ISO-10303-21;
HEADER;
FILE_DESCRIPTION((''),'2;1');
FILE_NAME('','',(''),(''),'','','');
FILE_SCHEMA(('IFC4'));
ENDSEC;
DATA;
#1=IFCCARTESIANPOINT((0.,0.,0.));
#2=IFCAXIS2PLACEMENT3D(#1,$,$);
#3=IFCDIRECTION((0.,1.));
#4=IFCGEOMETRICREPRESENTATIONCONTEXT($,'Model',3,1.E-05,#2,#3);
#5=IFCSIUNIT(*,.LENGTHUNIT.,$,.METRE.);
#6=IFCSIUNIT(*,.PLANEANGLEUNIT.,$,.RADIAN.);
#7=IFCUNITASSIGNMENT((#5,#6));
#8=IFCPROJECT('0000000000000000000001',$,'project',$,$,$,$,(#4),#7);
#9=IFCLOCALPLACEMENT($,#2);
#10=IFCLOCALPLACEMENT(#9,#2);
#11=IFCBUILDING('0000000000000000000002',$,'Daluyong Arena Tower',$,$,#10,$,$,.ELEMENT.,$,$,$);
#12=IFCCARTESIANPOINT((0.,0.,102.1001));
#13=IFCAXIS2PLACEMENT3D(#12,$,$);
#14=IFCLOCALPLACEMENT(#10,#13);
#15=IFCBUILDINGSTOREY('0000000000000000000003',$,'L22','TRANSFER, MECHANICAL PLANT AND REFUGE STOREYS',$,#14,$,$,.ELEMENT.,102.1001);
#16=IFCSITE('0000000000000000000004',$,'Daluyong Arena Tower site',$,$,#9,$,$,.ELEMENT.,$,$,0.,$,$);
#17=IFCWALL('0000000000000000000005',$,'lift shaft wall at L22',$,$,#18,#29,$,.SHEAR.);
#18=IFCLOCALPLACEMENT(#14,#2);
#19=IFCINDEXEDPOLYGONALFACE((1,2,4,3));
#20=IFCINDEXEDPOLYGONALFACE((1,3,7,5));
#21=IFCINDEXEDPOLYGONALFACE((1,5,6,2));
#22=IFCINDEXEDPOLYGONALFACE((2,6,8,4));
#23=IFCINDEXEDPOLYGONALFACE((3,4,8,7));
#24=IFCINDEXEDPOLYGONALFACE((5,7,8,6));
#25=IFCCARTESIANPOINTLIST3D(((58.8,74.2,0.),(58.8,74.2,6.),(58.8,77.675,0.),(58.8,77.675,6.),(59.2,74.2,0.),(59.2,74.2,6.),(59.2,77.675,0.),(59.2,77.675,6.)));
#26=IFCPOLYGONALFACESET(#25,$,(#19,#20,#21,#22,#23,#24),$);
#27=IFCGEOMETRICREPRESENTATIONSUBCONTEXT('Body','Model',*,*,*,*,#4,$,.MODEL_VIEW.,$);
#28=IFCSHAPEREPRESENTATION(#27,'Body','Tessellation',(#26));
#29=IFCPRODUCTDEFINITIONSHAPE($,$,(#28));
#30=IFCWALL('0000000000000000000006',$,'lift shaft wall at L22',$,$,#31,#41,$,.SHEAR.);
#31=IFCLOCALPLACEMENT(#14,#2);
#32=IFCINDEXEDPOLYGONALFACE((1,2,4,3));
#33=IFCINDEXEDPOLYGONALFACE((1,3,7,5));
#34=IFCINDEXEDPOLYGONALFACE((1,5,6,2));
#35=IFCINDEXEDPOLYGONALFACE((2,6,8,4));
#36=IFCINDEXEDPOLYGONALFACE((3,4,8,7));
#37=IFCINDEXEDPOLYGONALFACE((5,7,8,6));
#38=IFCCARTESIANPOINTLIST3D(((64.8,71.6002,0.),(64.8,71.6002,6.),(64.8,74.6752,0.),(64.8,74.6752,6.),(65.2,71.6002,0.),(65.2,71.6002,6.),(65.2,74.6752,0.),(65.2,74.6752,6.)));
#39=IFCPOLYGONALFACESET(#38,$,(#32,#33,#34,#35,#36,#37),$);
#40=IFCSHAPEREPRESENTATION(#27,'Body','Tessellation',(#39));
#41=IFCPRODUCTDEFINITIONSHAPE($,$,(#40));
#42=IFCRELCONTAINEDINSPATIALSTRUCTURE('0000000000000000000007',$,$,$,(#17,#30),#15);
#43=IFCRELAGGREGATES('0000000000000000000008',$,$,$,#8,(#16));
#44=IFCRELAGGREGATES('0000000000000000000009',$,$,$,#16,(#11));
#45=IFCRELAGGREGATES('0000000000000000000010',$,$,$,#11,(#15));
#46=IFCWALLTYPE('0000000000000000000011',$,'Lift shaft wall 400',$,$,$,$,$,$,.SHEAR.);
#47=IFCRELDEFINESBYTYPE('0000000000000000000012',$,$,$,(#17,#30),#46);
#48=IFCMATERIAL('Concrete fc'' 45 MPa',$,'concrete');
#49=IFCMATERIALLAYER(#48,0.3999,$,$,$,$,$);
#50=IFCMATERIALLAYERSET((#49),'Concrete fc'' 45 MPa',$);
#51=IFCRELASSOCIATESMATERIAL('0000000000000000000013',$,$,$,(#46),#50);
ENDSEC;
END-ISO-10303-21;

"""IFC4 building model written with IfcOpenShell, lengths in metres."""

from ifc_helpers import new_model, si_unit, direction, frame, frame_2d, origin, place, context, subcontext, project, spatial, rectangle, extrude, material, layer, layer_set, type_object, element, save


model = new_model("IFC4")

# Units and contexts
model_context = context("Model", 3, precision=1e-05, world=origin(), true_north=direction((0.0, 1.0)))
body_context = subcontext(model_context, "Body", "Model", "MODEL_VIEW")
ifc_project = project(units=[si_unit("LENGTHUNIT", "METRE"), si_unit("PLANEANGLEUNIT", "RADIAN")], contexts=[model_context])

# Site, building, storey
site_placement = place(None, origin())
site = spatial("IfcSite", under=ifc_project, at=site_placement, Name="Daluyong Arena Tower site", CompositionType="ELEMENT", RefElevation=0.0)
building_placement = place(site_placement, origin())
building = spatial("IfcBuilding", under=site, at=building_placement, Name="Daluyong Arena Tower", CompositionType="ELEMENT")
storey_placement = place(building_placement, frame((0.0, 0.0, 102.1001)))
storey = spatial("IfcBuildingStorey", under=building, at=storey_placement, Name="L22", Description="TRANSFER, MECHANICAL PLANT AND REFUGE STOREYS", CompositionType="ELEMENT", Elevation=102.1001)

# Walls
ifc_material_1 = material(Name="Concrete fc' 45 MPa", Category="concrete")
ifc_layer_1 = layer(ifc_material_1, 0.3999)
ifc_layer_set_1 = layer_set([ifc_layer_1], Name="Concrete fc' 45 MPa")
wall_type_1 = type_object("IfcWallType", Name="Lift shaft wall 400", PredefinedType="SHEAR", material=ifc_layer_set_1)
wall_1_placement = place(storey_placement, frame((59.0, 74.2, 0.0), z_axis=(0.0, 0.0, 1.0), x_axis=(0.0, 1.0, 0.0)))
element("IfcWall", 1, at=wall_1_placement, inside=storey, type_object=wall_type_1, Name="lift shaft wall at L22", PredefinedType="SHEAR", context=body_context, shape_type="SweptSolid", body=[
    extrude(rectangle(XDim=3.4751, YDim=0.3999, at=frame_2d((1.7375, 0.0))), origin(), (0.0, 0.0, 1.0), 6.0),
])
wall_2_placement = place(storey_placement, frame((65.0, 71.6001, 0.0), z_axis=(0.0, 0.0, 1.0), x_axis=(0.0, 1.0, 0.0)))
element("IfcWall", 2, at=wall_2_placement, inside=storey, type_object=wall_type_1, Name="lift shaft wall at L22", PredefinedType="SHEAR", context=body_context, shape_type="SweptSolid", body=[
    extrude(rectangle(XDim=3.075, YDim=0.3999, at=frame_2d((1.5376, 0.0))), origin(), (0.0, 0.0, 1.0), 6.0),
])

save(model, "model.ifc")
